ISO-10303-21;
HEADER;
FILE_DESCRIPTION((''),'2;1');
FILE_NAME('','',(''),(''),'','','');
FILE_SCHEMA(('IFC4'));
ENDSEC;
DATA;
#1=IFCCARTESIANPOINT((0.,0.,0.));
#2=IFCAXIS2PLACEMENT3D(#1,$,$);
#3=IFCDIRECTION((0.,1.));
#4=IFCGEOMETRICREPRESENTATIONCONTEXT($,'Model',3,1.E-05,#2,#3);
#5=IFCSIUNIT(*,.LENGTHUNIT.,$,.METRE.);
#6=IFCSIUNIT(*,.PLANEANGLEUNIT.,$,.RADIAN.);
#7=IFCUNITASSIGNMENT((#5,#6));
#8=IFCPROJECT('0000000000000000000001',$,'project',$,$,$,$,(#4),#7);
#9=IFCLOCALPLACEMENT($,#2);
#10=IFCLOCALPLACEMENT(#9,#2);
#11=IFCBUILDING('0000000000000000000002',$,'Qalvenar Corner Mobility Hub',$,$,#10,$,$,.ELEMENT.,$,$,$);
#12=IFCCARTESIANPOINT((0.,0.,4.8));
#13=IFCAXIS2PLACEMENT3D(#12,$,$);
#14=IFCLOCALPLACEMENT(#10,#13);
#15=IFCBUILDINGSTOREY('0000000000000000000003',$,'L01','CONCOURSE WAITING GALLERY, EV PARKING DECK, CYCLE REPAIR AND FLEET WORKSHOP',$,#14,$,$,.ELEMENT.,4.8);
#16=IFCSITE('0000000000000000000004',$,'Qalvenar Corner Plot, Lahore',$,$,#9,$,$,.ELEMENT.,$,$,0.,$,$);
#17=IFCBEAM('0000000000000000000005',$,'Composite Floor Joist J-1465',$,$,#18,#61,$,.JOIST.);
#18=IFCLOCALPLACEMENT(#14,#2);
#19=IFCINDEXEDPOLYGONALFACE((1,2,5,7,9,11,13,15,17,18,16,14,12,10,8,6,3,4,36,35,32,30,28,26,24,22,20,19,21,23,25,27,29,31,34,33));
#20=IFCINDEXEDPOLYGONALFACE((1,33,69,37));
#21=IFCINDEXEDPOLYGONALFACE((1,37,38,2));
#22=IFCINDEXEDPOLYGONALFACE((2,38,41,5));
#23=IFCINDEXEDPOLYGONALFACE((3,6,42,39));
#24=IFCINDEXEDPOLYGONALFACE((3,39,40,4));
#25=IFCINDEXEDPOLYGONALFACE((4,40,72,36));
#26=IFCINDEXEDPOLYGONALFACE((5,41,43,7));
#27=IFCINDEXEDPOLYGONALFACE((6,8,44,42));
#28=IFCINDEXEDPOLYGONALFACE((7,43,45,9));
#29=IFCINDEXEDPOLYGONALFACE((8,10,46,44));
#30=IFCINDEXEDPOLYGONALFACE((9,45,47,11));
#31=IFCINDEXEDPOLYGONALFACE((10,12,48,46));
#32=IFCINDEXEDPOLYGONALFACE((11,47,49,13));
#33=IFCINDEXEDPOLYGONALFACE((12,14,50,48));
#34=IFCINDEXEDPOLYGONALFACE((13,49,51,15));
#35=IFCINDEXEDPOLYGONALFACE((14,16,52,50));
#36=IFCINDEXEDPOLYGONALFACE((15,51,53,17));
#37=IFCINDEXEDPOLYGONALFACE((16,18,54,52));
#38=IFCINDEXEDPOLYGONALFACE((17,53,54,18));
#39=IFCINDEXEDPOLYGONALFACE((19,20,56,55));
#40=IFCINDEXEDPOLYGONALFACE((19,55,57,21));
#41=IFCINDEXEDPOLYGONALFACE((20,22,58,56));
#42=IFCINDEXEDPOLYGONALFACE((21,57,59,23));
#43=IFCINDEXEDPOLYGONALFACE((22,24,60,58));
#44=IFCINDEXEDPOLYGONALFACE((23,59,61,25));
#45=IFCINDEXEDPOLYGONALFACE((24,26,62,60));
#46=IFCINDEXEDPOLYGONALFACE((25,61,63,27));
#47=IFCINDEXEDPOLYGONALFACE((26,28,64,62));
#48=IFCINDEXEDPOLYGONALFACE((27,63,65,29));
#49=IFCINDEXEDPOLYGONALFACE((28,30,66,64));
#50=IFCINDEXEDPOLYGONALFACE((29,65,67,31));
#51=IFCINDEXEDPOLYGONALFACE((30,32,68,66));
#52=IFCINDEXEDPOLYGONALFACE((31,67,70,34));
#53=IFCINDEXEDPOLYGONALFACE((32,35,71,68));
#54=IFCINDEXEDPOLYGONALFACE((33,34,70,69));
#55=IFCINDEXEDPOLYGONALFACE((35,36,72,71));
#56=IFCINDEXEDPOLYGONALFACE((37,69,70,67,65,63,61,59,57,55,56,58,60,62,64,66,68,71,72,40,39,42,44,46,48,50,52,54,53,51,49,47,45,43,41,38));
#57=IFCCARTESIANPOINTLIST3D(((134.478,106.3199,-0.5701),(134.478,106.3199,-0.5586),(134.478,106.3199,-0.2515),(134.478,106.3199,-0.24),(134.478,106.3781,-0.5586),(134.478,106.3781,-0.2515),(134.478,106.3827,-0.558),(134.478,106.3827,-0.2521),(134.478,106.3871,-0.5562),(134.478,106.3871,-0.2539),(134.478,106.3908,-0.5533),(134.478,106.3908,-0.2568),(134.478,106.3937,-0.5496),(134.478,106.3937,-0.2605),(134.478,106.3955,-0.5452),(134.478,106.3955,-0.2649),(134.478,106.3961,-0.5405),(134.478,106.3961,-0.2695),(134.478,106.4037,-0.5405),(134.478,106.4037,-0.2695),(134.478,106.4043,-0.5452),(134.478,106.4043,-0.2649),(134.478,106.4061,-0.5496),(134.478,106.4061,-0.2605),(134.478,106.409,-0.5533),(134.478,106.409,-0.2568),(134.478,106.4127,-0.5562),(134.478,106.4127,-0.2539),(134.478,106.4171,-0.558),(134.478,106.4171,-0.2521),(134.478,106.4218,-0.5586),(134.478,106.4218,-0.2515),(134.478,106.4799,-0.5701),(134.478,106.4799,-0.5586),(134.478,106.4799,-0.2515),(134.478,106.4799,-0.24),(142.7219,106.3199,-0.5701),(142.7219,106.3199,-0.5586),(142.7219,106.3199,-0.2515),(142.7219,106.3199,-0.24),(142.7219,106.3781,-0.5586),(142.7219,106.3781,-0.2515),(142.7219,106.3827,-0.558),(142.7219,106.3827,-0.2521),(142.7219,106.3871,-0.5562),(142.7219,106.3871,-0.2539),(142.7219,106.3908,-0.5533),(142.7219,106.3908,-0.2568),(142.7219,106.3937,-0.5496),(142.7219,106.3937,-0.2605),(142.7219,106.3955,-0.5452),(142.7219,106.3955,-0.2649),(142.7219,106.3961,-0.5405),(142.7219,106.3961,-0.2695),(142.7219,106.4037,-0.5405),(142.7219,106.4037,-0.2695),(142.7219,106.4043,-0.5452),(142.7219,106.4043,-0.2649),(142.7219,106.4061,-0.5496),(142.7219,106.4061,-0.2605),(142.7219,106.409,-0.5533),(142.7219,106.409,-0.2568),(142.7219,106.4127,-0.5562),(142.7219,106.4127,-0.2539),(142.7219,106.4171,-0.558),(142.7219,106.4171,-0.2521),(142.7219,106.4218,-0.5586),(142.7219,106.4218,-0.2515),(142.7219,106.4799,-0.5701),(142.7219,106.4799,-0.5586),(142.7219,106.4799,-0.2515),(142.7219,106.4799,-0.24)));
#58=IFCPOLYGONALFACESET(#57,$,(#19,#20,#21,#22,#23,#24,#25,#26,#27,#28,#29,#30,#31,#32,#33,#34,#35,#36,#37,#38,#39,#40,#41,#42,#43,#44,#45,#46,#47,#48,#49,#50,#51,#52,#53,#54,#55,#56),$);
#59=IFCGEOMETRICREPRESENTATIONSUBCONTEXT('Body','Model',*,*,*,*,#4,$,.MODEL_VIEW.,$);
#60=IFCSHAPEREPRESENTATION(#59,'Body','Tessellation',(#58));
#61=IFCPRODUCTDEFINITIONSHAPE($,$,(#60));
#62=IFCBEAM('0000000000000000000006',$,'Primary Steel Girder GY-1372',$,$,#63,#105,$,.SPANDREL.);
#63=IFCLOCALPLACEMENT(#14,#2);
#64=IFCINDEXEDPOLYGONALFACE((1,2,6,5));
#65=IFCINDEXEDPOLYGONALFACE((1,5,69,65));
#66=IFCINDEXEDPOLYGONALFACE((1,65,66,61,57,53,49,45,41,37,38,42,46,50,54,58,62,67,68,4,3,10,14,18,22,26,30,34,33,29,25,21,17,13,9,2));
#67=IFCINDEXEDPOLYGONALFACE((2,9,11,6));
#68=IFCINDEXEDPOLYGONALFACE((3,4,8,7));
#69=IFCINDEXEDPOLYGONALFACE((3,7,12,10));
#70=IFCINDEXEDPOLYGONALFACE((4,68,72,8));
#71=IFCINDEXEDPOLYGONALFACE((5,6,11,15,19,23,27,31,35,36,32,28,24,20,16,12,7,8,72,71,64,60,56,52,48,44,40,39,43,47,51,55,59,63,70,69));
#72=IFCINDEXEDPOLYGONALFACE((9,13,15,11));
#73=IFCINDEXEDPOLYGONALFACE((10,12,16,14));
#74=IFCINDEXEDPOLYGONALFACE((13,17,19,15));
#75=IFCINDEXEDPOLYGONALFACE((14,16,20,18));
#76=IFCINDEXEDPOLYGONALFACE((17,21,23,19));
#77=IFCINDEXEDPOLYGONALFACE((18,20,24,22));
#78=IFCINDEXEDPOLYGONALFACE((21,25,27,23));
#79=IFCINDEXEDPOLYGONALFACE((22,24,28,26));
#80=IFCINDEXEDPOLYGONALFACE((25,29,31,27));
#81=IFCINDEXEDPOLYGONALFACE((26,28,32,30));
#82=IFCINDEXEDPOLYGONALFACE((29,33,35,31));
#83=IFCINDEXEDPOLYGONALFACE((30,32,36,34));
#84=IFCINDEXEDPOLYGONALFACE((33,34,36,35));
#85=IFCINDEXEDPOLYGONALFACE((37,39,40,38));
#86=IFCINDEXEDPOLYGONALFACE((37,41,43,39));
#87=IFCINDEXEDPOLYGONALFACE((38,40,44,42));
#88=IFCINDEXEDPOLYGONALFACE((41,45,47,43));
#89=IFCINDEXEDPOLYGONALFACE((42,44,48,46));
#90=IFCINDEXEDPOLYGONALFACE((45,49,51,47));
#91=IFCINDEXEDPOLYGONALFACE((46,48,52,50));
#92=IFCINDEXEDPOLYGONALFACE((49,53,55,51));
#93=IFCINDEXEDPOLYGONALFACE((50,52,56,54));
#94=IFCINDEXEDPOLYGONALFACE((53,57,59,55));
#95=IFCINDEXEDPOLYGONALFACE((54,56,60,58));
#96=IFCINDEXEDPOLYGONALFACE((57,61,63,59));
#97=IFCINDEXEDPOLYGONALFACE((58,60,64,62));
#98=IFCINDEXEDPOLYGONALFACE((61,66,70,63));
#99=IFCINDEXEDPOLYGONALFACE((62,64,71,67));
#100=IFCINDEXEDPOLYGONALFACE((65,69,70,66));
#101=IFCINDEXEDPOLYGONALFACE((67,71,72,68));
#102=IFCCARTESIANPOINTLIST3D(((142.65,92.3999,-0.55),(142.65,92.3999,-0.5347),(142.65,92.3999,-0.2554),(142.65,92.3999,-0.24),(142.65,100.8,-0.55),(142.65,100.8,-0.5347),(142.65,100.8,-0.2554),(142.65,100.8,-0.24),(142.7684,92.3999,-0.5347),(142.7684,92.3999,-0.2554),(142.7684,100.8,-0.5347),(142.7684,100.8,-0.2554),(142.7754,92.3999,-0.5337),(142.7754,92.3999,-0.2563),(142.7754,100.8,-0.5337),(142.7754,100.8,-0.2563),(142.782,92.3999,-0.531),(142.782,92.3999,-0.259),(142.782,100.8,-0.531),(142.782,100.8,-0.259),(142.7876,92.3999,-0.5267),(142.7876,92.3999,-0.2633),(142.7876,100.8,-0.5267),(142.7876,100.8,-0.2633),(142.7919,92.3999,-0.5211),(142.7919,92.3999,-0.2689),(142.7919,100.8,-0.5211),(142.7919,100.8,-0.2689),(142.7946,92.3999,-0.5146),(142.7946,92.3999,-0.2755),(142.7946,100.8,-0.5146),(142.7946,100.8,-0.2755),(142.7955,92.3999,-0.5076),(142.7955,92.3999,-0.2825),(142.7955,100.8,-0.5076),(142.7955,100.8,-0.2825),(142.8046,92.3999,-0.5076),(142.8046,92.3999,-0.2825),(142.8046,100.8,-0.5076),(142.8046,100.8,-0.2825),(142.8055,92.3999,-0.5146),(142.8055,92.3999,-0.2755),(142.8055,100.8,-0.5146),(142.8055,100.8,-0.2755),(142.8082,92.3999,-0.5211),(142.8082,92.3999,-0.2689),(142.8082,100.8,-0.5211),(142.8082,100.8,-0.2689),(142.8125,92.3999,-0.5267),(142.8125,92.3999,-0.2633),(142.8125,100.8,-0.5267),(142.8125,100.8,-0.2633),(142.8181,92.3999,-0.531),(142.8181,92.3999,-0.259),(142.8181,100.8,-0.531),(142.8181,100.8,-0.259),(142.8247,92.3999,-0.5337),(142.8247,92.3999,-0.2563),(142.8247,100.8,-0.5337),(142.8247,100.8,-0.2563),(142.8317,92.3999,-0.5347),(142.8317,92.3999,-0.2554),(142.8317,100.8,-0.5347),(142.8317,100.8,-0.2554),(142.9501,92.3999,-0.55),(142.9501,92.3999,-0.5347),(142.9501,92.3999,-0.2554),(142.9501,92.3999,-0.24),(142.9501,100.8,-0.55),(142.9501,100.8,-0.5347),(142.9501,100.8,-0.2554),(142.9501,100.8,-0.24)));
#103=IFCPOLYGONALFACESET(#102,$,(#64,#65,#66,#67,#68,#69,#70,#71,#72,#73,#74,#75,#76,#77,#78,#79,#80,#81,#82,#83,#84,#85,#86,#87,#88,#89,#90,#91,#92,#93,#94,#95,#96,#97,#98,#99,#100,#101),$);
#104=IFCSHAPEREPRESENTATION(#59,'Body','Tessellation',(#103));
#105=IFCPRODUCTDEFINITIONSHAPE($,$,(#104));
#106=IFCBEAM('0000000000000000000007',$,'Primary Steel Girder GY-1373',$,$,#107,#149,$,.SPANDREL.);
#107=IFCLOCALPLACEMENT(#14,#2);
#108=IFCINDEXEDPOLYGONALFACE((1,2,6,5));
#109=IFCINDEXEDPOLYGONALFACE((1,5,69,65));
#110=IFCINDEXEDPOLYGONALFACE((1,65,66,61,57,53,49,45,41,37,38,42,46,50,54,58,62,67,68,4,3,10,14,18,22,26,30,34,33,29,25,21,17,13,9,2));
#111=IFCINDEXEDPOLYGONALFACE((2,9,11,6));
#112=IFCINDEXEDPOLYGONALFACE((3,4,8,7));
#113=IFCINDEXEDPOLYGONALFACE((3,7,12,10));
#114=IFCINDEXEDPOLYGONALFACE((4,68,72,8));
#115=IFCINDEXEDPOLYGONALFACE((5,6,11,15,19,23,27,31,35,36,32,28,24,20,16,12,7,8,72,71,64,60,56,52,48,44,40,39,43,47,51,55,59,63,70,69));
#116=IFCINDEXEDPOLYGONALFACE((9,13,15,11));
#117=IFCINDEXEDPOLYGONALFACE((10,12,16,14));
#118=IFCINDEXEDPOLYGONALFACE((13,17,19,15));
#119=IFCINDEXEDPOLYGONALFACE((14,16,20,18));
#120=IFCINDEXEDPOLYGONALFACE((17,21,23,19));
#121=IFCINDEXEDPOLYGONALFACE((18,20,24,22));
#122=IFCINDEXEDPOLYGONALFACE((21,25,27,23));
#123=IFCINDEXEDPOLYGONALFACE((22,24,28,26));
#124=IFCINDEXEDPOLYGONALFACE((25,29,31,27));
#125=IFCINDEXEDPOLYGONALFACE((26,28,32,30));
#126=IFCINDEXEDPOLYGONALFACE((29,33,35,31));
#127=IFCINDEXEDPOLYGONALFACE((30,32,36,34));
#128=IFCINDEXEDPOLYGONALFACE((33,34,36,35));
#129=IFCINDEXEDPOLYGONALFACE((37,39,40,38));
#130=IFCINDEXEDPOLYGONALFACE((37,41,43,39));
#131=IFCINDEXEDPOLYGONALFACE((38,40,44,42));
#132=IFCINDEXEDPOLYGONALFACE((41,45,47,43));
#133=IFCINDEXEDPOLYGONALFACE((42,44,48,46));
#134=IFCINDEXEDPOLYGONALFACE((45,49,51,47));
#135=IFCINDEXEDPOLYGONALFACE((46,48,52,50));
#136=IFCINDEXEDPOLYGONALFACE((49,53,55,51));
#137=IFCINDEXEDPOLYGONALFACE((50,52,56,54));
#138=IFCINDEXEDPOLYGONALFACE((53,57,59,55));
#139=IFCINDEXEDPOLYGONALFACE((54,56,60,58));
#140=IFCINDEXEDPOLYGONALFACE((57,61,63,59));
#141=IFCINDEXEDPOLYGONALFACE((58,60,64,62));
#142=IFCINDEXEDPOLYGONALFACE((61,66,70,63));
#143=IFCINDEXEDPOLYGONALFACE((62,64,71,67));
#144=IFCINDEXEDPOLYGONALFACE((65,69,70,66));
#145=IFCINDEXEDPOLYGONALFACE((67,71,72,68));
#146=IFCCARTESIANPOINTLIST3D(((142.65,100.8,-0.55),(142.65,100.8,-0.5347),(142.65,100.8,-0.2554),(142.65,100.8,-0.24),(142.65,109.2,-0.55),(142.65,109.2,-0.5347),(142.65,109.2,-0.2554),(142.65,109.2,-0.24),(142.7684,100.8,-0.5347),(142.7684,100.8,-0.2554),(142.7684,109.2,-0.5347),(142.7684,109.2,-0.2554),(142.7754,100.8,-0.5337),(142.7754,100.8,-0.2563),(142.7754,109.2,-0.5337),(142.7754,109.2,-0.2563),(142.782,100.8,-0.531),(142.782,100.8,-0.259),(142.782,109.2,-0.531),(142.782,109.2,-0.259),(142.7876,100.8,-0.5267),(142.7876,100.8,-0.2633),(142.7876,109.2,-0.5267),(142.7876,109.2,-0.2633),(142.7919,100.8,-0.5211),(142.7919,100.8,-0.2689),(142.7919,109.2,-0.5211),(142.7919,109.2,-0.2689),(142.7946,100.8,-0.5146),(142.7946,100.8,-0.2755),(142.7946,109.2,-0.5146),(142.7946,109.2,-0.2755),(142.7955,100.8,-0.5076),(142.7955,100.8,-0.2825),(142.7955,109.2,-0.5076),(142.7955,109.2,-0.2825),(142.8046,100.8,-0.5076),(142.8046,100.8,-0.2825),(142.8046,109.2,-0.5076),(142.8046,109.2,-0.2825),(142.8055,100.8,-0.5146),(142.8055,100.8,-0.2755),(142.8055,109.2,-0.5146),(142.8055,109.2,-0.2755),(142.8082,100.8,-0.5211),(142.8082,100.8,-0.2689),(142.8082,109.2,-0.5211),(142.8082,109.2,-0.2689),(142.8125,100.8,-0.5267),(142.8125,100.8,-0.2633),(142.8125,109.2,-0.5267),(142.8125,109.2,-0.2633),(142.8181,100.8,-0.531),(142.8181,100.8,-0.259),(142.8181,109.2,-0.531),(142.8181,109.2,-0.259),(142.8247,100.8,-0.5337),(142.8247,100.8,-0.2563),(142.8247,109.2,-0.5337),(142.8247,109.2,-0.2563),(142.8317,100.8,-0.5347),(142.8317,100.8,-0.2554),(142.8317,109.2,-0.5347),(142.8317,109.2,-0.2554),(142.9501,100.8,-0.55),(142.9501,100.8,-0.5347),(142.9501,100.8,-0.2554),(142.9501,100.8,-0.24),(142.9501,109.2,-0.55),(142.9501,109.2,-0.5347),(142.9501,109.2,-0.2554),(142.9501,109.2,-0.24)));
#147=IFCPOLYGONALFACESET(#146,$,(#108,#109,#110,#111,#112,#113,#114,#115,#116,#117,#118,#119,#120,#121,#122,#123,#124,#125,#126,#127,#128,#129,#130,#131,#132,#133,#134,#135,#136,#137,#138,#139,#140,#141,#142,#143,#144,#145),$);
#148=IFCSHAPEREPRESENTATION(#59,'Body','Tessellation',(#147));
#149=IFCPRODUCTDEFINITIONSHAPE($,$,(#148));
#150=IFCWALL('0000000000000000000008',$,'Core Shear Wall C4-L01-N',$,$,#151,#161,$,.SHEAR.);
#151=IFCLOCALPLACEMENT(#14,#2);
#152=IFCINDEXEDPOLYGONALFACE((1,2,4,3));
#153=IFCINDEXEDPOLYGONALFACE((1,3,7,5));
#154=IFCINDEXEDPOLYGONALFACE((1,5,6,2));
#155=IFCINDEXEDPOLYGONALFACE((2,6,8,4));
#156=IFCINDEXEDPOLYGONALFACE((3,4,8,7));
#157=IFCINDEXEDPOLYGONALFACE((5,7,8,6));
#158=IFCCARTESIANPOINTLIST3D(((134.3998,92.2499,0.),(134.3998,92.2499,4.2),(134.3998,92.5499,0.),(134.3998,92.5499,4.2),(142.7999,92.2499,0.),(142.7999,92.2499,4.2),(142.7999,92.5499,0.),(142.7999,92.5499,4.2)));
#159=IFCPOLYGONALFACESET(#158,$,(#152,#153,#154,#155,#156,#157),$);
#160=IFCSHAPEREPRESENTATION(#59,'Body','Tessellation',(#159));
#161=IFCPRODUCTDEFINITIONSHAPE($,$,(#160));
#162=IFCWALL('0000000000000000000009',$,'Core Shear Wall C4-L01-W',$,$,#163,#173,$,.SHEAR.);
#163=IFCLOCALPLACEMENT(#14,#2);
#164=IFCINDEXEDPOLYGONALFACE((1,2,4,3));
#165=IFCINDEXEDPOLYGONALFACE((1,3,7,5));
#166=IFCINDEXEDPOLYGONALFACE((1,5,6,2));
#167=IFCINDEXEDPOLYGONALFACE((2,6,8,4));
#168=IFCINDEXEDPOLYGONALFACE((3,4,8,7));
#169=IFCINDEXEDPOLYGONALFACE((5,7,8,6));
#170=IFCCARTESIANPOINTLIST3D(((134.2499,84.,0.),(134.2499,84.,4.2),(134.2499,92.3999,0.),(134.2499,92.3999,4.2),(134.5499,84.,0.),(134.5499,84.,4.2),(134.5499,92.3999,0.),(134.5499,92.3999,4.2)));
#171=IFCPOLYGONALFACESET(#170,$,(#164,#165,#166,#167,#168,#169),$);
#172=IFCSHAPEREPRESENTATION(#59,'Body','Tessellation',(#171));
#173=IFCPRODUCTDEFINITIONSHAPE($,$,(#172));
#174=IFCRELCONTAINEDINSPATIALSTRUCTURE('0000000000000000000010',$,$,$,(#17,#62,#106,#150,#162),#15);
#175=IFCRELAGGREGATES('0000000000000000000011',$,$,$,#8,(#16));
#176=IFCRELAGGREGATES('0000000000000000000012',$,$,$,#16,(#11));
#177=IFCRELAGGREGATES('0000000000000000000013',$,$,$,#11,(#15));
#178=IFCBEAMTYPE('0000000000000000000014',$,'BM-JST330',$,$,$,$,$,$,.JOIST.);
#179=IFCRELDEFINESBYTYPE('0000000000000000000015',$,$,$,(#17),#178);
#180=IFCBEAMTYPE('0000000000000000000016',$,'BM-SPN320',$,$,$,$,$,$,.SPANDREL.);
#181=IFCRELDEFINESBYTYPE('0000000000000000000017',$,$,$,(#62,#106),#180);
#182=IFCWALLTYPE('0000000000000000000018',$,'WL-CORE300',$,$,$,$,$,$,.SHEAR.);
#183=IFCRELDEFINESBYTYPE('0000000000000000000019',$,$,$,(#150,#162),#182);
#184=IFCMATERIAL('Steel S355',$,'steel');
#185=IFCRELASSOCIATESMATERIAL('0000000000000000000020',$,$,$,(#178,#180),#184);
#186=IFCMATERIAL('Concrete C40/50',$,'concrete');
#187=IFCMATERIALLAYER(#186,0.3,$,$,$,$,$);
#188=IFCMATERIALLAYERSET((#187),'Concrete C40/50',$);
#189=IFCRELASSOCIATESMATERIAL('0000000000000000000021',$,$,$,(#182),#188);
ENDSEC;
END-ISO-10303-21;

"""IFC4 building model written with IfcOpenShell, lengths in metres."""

from ifc_helpers import new_model, si_unit, direction, frame, frame_2d, origin, origin_2d, place, context, subcontext, project, spatial, rectangle, i_section, extrude, material, layer, layer_set, material_profile, profile_set, type_object, element, save


model = new_model("IFC4")

# Units and contexts
model_context = context("Model", 3, precision=1e-05, world=origin(), true_north=direction((0.0, 1.0)))
body_context = subcontext(model_context, "Body", "Model", "MODEL_VIEW")
ifc_project = project(units=[si_unit("LENGTHUNIT", "METRE"), si_unit("PLANEANGLEUNIT", "RADIAN")], contexts=[model_context])

# Site, building, storey
site_placement = place(None, origin())
site = spatial("IfcSite", under=ifc_project, at=site_placement, Name="Qalvenar Corner Plot, Lahore", CompositionType="ELEMENT", RefElevation=0.0)
building_placement = place(site_placement, origin())
building = spatial("IfcBuilding", under=site, at=building_placement, Name="Qalvenar Corner Mobility Hub", CompositionType="ELEMENT")
storey_placement = place(building_placement, frame((0.0, 0.0, 4.8)))
storey = spatial("IfcBuildingStorey", under=building, at=storey_placement, Name="L01", Description="CONCOURSE WAITING GALLERY, EV PARKING DECK, CYCLE REPAIR AND FLEET WORKSHOP", CompositionType="ELEMENT", Elevation=4.8)

# Shared definitions
ifc_material_1 = material(Name="Steel S355", Category="steel")

# Beams
ifc_material_profile_1 = material_profile(ifc_material_1, i_section(OverallWidth=0.1599, OverallDepth=0.3301, WebThickness=0.0076, FlangeThickness=0.0115, FilletRadius=0.0181, at=origin_2d()), Name="IPE330")
ifc_profile_set_1 = profile_set([ifc_material_profile_1], Name="Steel S355")
beam_type_1 = type_object("IfcBeamType", Name="BM-JST330", PredefinedType="JOIST", material=ifc_profile_set_1)
for number, where, z_axis, x_axis, name in (
    (1, (134.478, 106.3999, -0.405), (1.0, 0.0, 0.0), (0.0, 1.0, 0.0), "Composite Floor Joist J-1465"),
):
    element("IfcBeam", number, at=place(storey_placement, frame(where, z_axis=z_axis, x_axis=x_axis)), inside=storey, type_object=beam_type_1, Name=name, PredefinedType="JOIST", context=body_context, shape_type="SweptSolid", body=[
        extrude(i_section(OverallWidth=0.1599, OverallDepth=0.3301, WebThickness=0.0076, FlangeThickness=0.0115, FilletRadius=0.0181, at=origin_2d()), origin(), (0.0, 0.0, 1.0), 8.2439),
    ])
ifc_material_profile_2 = material_profile(ifc_material_1, i_section(OverallWidth=0.3, OverallDepth=0.3101, WebThickness=0.009, FlangeThickness=0.0154, FilletRadius=0.0271, at=origin_2d()), Name="HEA320")
ifc_profile_set_2 = profile_set([ifc_material_profile_2], Name="Steel S355")
beam_type_2 = type_object("IfcBeamType", Name="BM-SPN320", PredefinedType="SPANDREL", material=ifc_profile_set_2)
beam_1_placement = place(storey_placement, frame((142.8, 92.3999, -0.395), z_axis=(0.0, 1.0, 0.0), x_axis=(-1.0, 0.0, 0.0)))
element("IfcBeam", 2, at=beam_1_placement, inside=storey, type_object=beam_type_2, Name="Primary Steel Girder GY-1372", PredefinedType="SPANDREL", context=body_context, shape_type="SweptSolid", body=[
    extrude(i_section(OverallWidth=0.3, OverallDepth=0.3101, WebThickness=0.009, FlangeThickness=0.0154, FilletRadius=0.0271, at=origin_2d()), origin(), (0.0, 0.0, 1.0), 8.4001),
])
beam_2_placement = place(storey_placement, frame((142.8, 100.8, -0.395), z_axis=(0.0, 1.0, 0.0), x_axis=(-1.0, 0.0, 0.0)))
element("IfcBeam", 3, at=beam_2_placement, inside=storey, type_object=beam_type_2, Name="Primary Steel Girder GY-1373", PredefinedType="SPANDREL", context=body_context, shape_type="SweptSolid", body=[
    extrude(i_section(OverallWidth=0.3, OverallDepth=0.3101, WebThickness=0.009, FlangeThickness=0.0154, FilletRadius=0.0271, at=origin_2d()), origin(), (0.0, 0.0, 1.0), 8.3999),
])

# Walls
ifc_material_2 = material(Name="Concrete C40/50", Category="concrete")
ifc_layer = layer(ifc_material_2, 0.3)
ifc_layer_set = layer_set([ifc_layer], Name="Concrete C40/50")
wall_type = type_object("IfcWallType", Name="WL-CORE300", PredefinedType="SHEAR", material=ifc_layer_set)
wall_1_placement = place(storey_placement, frame((142.8, 92.3999, 0.0), z_axis=(0.0, 0.0, 1.0), x_axis=(-1.0, 0.0, 0.0)))
element("IfcWall", 4, at=wall_1_placement, inside=storey, type_object=wall_type, Name="Core Shear Wall C4-L01-N", PredefinedType="SHEAR", context=body_context, shape_type="SweptSolid", body=[
    extrude(rectangle(XDim=8.4001, YDim=0.3, at=frame_2d((4.2002, 0.0))), origin(), (0.0, 0.0, 1.0), 4.2),
])
wall_2_placement = place(storey_placement, frame((134.3999, 92.3999, 0.0), z_axis=(0.0, 0.0, 1.0), x_axis=(0.0, -1.0, 0.0)))
element("IfcWall", 5, at=wall_2_placement, inside=storey, type_object=wall_type, Name="Core Shear Wall C4-L01-W", PredefinedType="SHEAR", context=body_context, shape_type="SweptSolid", body=[
    extrude(rectangle(XDim=8.3999, YDim=0.3, at=frame_2d((4.2, 0.0))), origin(), (0.0, 0.0, 1.0), 4.2),
])

save(model, "model.ifc")
